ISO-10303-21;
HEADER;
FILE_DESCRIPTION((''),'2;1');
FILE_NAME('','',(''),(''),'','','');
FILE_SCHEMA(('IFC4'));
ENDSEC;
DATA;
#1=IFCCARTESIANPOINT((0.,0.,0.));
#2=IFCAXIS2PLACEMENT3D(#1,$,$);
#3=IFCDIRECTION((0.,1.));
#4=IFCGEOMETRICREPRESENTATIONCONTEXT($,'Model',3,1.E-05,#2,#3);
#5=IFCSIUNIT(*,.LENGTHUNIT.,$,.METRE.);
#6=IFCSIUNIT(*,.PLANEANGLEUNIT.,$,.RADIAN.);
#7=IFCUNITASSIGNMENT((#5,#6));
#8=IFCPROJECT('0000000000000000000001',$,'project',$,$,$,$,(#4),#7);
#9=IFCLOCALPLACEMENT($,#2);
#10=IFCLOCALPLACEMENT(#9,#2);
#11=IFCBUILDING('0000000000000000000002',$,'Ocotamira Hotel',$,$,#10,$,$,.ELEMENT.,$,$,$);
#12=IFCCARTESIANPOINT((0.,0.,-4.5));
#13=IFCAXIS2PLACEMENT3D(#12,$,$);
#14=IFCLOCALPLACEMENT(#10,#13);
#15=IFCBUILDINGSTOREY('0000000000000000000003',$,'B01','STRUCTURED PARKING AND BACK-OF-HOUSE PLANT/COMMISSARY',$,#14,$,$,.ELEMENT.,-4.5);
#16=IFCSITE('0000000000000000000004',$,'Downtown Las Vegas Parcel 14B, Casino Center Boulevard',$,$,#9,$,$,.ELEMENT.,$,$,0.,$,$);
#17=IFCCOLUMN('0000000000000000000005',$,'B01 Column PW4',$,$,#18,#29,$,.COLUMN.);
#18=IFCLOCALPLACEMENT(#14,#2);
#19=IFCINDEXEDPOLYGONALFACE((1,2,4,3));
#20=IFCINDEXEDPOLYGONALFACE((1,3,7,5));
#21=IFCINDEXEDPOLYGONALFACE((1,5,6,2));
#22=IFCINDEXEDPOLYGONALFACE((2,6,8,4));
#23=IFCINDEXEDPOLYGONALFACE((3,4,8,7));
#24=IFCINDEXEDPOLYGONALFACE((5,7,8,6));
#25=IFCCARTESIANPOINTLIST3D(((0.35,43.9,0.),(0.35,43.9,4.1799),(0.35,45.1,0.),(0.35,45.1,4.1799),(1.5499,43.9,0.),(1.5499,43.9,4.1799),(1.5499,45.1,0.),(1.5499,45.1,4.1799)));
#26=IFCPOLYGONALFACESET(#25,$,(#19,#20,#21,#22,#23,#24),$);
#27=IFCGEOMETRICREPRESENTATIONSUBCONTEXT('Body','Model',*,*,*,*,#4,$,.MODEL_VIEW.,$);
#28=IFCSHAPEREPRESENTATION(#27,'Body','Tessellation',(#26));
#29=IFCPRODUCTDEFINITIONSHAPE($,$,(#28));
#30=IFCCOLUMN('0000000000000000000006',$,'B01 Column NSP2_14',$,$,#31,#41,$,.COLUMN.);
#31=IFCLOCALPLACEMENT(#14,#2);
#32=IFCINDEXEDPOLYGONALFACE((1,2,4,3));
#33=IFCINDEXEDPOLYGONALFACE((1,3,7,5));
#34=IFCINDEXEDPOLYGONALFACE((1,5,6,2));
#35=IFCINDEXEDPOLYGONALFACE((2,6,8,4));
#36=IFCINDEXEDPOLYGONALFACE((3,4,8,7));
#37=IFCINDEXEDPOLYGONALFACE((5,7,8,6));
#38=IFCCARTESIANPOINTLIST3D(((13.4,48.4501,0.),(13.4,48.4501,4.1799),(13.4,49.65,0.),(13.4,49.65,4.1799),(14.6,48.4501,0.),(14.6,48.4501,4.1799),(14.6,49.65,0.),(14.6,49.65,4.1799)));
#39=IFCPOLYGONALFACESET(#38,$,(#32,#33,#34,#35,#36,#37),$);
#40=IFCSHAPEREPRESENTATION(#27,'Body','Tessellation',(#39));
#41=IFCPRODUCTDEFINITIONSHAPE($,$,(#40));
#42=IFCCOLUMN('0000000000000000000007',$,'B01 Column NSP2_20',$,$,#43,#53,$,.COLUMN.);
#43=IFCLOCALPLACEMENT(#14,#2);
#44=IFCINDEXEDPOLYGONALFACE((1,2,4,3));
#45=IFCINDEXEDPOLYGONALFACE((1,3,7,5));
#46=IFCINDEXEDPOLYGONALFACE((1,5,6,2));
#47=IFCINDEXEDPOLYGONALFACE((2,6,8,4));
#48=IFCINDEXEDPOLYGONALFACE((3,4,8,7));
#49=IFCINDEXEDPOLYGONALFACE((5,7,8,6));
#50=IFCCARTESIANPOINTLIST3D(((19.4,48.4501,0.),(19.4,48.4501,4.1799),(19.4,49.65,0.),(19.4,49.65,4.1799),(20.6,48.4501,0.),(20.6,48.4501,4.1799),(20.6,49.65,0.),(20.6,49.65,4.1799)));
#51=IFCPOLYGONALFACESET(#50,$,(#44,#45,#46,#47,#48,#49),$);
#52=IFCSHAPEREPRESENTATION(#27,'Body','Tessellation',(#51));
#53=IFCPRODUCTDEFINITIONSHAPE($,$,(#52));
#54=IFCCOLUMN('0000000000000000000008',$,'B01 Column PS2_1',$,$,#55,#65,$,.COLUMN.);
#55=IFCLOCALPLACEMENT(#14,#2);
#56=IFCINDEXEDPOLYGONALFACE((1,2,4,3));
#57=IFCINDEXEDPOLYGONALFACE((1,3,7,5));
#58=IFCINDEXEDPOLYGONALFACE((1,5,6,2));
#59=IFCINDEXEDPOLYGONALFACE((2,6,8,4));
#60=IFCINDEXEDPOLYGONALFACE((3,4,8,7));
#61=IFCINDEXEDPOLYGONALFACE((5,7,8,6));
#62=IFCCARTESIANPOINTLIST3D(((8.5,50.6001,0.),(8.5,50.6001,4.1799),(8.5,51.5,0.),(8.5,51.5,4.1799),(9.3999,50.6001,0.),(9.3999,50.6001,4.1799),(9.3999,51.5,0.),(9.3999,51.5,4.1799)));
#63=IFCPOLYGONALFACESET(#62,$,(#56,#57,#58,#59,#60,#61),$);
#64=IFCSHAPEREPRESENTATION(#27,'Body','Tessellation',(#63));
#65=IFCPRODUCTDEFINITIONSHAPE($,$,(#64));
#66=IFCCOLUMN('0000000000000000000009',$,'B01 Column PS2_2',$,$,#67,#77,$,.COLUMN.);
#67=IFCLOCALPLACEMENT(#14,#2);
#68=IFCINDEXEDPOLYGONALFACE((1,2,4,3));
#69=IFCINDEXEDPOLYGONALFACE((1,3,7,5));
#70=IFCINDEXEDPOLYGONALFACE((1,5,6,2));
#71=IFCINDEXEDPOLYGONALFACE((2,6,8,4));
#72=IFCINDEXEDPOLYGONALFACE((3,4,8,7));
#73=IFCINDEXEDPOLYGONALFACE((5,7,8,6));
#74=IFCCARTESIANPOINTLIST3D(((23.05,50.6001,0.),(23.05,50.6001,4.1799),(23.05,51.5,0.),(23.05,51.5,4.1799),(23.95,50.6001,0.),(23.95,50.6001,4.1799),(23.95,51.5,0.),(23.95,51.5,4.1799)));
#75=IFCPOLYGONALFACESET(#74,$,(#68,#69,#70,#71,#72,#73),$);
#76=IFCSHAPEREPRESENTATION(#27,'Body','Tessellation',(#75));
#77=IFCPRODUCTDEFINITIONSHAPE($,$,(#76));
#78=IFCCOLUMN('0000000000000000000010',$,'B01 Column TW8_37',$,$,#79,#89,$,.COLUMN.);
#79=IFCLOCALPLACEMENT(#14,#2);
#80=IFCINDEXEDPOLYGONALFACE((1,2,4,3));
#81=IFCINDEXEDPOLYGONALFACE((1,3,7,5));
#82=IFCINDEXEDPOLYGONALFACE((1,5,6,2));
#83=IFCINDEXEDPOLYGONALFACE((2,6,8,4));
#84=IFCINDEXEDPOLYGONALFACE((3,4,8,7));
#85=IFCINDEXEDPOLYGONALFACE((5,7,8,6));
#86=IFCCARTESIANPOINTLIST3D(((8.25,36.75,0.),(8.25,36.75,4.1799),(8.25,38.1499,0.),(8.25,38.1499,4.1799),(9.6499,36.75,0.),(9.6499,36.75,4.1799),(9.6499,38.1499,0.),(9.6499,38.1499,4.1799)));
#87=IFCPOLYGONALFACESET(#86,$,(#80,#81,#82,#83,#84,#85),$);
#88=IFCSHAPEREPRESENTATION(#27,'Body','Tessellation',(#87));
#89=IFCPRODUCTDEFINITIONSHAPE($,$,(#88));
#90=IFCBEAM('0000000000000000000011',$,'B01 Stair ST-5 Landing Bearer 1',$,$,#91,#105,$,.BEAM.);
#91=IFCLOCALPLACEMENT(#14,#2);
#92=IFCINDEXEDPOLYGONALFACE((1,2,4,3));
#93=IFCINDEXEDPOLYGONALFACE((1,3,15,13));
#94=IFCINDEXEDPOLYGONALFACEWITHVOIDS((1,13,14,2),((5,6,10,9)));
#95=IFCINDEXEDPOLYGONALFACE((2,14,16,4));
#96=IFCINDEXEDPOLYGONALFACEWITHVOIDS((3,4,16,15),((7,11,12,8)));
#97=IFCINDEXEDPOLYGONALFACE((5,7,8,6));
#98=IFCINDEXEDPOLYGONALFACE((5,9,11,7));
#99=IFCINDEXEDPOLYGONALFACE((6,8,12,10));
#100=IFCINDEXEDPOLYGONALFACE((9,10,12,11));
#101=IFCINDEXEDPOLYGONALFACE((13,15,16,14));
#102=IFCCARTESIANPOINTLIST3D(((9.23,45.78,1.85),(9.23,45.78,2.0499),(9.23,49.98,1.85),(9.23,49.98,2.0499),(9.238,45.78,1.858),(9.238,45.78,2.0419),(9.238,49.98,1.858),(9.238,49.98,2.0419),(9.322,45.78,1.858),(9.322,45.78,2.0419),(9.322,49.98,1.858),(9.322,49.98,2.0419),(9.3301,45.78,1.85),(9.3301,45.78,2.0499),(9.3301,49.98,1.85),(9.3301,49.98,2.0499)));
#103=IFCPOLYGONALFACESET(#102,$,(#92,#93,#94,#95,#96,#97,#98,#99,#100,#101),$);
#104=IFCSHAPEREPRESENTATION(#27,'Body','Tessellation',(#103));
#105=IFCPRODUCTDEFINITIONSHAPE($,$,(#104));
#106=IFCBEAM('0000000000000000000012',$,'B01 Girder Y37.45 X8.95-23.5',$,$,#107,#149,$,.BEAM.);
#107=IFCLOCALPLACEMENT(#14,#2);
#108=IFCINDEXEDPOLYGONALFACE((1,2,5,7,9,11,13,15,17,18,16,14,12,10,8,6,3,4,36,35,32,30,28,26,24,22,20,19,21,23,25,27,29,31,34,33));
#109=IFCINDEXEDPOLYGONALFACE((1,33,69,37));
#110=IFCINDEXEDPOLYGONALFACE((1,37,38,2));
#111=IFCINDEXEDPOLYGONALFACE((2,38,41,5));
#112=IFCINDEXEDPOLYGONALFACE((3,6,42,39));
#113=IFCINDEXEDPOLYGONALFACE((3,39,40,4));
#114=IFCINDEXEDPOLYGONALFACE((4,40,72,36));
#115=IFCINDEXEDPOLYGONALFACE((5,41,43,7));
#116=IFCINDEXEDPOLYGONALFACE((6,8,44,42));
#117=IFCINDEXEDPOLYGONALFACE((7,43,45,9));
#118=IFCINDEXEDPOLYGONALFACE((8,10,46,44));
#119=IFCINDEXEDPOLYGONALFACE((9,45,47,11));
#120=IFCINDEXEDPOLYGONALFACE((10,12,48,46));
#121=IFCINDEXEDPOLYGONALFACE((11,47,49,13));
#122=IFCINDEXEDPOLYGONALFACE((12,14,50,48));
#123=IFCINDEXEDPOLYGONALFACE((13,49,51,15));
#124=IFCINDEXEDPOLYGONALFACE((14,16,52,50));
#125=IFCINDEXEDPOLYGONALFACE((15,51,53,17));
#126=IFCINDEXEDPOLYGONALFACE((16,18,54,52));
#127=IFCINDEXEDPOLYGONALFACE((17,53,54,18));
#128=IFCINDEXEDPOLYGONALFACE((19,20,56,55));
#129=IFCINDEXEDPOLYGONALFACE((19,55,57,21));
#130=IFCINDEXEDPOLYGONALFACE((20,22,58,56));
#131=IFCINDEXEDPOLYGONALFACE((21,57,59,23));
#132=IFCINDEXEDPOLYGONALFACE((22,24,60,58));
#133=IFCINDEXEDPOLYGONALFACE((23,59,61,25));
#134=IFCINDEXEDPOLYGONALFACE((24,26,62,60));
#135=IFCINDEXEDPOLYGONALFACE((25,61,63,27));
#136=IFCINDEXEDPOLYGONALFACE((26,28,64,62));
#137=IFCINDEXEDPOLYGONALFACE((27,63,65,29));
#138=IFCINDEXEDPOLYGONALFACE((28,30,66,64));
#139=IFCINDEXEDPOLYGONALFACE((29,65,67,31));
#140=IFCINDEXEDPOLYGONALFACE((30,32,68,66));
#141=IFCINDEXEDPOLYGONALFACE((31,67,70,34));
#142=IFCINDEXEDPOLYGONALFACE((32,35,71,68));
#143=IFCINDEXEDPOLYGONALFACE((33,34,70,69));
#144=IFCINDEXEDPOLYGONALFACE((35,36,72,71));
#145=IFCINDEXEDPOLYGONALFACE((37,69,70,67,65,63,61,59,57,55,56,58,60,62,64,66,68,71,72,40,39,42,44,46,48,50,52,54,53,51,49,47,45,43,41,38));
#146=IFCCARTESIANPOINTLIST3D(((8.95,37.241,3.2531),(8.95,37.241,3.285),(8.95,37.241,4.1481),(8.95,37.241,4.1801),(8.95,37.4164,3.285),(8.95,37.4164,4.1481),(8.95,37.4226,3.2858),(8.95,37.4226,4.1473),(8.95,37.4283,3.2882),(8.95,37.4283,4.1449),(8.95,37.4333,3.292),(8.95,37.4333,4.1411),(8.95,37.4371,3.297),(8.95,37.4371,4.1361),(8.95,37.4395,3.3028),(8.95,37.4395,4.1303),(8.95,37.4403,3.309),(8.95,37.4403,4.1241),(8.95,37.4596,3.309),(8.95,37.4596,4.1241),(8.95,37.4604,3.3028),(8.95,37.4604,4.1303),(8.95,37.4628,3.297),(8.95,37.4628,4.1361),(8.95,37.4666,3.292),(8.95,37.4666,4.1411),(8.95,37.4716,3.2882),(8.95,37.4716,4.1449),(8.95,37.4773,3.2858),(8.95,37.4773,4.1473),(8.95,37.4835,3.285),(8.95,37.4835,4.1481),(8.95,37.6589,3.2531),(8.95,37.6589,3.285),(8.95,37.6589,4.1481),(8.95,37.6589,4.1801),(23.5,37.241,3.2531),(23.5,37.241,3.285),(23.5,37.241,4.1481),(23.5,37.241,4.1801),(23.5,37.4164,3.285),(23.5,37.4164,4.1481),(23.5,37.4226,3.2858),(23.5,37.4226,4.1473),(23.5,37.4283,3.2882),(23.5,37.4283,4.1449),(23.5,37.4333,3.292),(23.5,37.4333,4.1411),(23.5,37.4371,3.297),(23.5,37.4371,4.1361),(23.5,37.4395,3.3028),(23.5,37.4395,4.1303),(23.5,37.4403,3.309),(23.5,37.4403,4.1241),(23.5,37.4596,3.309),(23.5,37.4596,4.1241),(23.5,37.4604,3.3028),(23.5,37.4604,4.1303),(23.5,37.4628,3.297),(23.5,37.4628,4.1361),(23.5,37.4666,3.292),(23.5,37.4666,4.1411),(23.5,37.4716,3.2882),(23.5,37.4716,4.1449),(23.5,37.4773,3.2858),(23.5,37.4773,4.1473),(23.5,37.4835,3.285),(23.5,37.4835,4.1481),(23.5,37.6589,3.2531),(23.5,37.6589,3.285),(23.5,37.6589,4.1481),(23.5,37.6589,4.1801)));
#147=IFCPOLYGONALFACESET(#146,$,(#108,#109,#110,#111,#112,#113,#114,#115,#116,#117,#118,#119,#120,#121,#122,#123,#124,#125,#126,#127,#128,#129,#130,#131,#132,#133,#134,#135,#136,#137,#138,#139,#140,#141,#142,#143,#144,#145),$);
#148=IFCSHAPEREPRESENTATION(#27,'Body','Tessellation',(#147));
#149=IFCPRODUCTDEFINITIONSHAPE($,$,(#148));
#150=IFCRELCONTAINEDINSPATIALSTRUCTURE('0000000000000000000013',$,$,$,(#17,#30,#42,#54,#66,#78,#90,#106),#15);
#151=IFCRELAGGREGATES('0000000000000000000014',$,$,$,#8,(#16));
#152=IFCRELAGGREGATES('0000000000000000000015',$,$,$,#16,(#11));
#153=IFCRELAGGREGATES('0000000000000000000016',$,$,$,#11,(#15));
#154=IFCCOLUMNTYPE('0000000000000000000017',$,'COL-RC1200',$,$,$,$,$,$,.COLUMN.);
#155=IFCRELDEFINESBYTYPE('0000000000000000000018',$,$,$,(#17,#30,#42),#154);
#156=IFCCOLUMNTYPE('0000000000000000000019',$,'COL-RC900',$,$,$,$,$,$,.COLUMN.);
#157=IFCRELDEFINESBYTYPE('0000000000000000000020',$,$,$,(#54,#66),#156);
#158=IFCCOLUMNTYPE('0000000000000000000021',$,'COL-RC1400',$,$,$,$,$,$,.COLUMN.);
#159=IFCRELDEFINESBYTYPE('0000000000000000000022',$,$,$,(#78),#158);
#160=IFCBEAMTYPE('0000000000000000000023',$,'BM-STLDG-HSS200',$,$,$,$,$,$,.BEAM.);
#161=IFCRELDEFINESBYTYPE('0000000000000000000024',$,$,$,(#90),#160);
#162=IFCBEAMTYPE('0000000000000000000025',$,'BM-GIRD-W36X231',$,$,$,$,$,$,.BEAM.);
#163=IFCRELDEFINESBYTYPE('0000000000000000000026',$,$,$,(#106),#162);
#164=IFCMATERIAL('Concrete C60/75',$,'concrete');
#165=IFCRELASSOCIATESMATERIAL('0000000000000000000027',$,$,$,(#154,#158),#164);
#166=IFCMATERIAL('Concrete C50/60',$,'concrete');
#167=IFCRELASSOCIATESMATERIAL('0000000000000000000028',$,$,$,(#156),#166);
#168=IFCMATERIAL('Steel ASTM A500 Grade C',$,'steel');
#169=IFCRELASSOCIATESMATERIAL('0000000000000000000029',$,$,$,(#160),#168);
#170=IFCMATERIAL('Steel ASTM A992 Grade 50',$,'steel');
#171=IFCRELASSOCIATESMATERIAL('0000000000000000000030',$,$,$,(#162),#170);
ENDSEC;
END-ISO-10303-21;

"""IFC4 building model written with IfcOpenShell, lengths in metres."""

from ifc_helpers import new_model, si_unit, direction, frame, origin, origin_2d, place, context, subcontext, project, spatial, rectangle, hollow_rectangle, i_section, extrude, source, transform, mapped, material, material_profile, profile_set, type_object, element, save


model = new_model("IFC4")

# Units and contexts
model_context = context("Model", 3, precision=1e-05, world=origin(), true_north=direction((0.0, 1.0)))
body_context = subcontext(model_context, "Body", "Model", "MODEL_VIEW")
ifc_project = project(units=[si_unit("LENGTHUNIT", "METRE"), si_unit("PLANEANGLEUNIT", "RADIAN")], contexts=[model_context])

# Site, building, storey
site_placement = place(None, origin())
site = spatial("IfcSite", under=ifc_project, at=site_placement, Name="Downtown Las Vegas Parcel 14B, Casino Center Boulevard", CompositionType="ELEMENT", RefElevation=0.0)
building_placement = place(site_placement, origin())
building = spatial("IfcBuilding", under=site, at=building_placement, Name="Ocotamira Hotel", CompositionType="ELEMENT")
storey_placement = place(building_placement, frame((0.0, 0.0, -4.5)))
storey = spatial("IfcBuildingStorey", under=building, at=storey_placement, Name="B01", Description="STRUCTURED PARKING AND BACK-OF-HOUSE PLANT/COMMISSARY", CompositionType="ELEMENT", Elevation=-4.5)

# Columns
ifc_material_1 = material(Name="Concrete C60/75", Category="concrete")
ifc_material_profile_1 = material_profile(ifc_material_1, rectangle(XDim=1.2, YDim=1.2, at=origin_2d()), Name="RC1200X1200")
ifc_profile_set_1 = profile_set([ifc_material_profile_1], Name="Concrete C60/75")
column_type_1 = type_object("IfcColumnType", Name="COL-RC1200", PredefinedType="COLUMN", material=ifc_profile_set_1)
shared_shape_1 = source(origin(), body_context, "Body", "SweptSolid", [
    extrude(rectangle(XDim=1.2, YDim=1.2, at=origin_2d()), origin(), (0.0, 0.0, 1.0), 4.1799),
])
for number, where, z_axis, x_axis, name in (
    (1, (0.95, 44.5, 0.0), (0.0, 0.0, 1.0), (1.0, 0.0, 0.0), "B01 Column PW4"),
    (2, (14.0, 49.05, 0.0), (0.0, 0.0, 1.0), (1.0, 0.0, 0.0), "B01 Column NSP2_14"),
    (3, (20.0, 49.05, 0.0), (0.0, 0.0, 1.0), (1.0, 0.0, 0.0), "B01 Column NSP2_20"),
):
    element("IfcColumn", number, at=place(storey_placement, frame(where, z_axis=z_axis, x_axis=x_axis)), inside=storey, type_object=column_type_1, Name=name, PredefinedType="COLUMN", context=body_context, shape_type="MappedRepresentation", body=[
        mapped(shared_shape_1, transform((0.0, 0.0, 0.0), scale=1.0)),
    ])
ifc_material_2 = material(Name="Concrete C50/60", Category="concrete")
ifc_material_profile_2 = material_profile(ifc_material_2, rectangle(XDim=0.8999, YDim=0.8999, at=origin_2d()), Name="RC900X900")
ifc_profile_set_2 = profile_set([ifc_material_profile_2], Name="Concrete C50/60")
column_type_2 = type_object("IfcColumnType", Name="COL-RC900", PredefinedType="COLUMN", material=ifc_profile_set_2)
shared_shape_2 = source(origin(), body_context, "Body", "SweptSolid", [
    extrude(rectangle(XDim=0.8999, YDim=0.8999, at=origin_2d()), origin(), (0.0, 0.0, 1.0), 4.1799),
])
for number, where, z_axis, x_axis, name in (
    (4, (8.95, 51.05, 0.0), (0.0, 0.0, 1.0), (1.0, 0.0, 0.0), "B01 Column PS2_1"),
    (5, (23.5, 51.05, 0.0), (0.0, 0.0, 1.0), (1.0, 0.0, 0.0), "B01 Column PS2_2"),
):
    element("IfcColumn", number, at=place(storey_placement, frame(where, z_axis=z_axis, x_axis=x_axis)), inside=storey, type_object=column_type_2, Name=name, PredefinedType="COLUMN", context=body_context, shape_type="MappedRepresentation", body=[
        mapped(shared_shape_2, transform((0.0, 0.0, 0.0), scale=1.0)),
    ])
ifc_material_profile_3 = material_profile(ifc_material_1, rectangle(XDim=1.3999, YDim=1.3999, at=origin_2d()), Name="RC1400X1400")
ifc_profile_set_3 = profile_set([ifc_material_profile_3], Name="Concrete C60/75")
column_type_3 = type_object("IfcColumnType", Name="COL-RC1400", PredefinedType="COLUMN", material=ifc_profile_set_3)
shared_shape_3 = source(origin(), body_context, "Body", "SweptSolid", [
    extrude(rectangle(XDim=1.3999, YDim=1.3999, at=origin_2d()), origin(), (0.0, 0.0, 1.0), 4.1799),
])
column_placement = place(storey_placement, frame((8.95, 37.45, 0.0), z_axis=(0.0, 0.0, 1.0), x_axis=(1.0, 0.0, 0.0)))
element("IfcColumn", 6, at=column_placement, inside=storey, type_object=column_type_3, Name="B01 Column TW8_37", PredefinedType="COLUMN", context=body_context, shape_type="MappedRepresentation", body=[
    mapped(shared_shape_3, transform((0.0, 0.0, 0.0), scale=1.0)),
])

# Beams
ifc_material_3 = material(Name="Steel ASTM A500 Grade C", Category="steel")
ifc_material_profile_4 = material_profile(ifc_material_3, hollow_rectangle(XDim=0.1001, YDim=0.2, WallThickness=0.0081, at=origin_2d()), Name="HSS200X100X8")
ifc_profile_set_4 = profile_set([ifc_material_profile_4], Name="Steel ASTM A500 Grade C")
beam_type_1 = type_object("IfcBeamType", Name="BM-STLDG-HSS200", PredefinedType="BEAM", material=ifc_profile_set_4)
shared_shape_4 = source(origin(), body_context, "Body", "SweptSolid", [
    extrude(hollow_rectangle(XDim=0.1001, YDim=0.2, WallThickness=0.0081, at=origin_2d()), origin(), (0.0, 0.0, 1.0), 4.2),
])
beam_1_placement = place(storey_placement, frame((9.28, 45.78, 1.95), z_axis=(0.0, 1.0, 0.0), x_axis=(-1.0, 0.0, 0.0)))
element("IfcBeam", 7, at=beam_1_placement, inside=storey, type_object=beam_type_1, Name="B01 Stair ST-5 Landing Bearer 1", PredefinedType="BEAM", context=body_context, shape_type="MappedRepresentation", body=[
    mapped(shared_shape_4, transform((0.0, 0.0, 0.0), scale=1.0)),
])
ifc_material_4 = material(Name="Steel ASTM A992 Grade 50", Category="steel")
ifc_material_profile_5 = material_profile(ifc_material_4, i_section(OverallWidth=0.418, OverallDepth=0.927, WebThickness=0.0193, FlangeThickness=0.032, FilletRadius=0.0239, at=origin_2d()), Name="W36X231")
ifc_profile_set_5 = profile_set([ifc_material_profile_5], Name="Steel ASTM A992 Grade 50")
beam_type_2 = type_object("IfcBeamType", Name="BM-GIRD-W36X231", PredefinedType="BEAM", material=ifc_profile_set_5)
shared_shape_5 = source(origin(), body_context, "Body", "SweptSolid", [
    extrude(i_section(OverallWidth=0.418, OverallDepth=0.927, WebThickness=0.0193, FlangeThickness=0.032, FilletRadius=0.0239, at=origin_2d()), origin(), (0.0, 0.0, 1.0), 14.55),
])
for number, where, z_axis, x_axis, name in (
    (8, (8.95, 37.45, 3.7166), (1.0, 0.0, 0.0), (0.0, 1.0, 0.0), "B01 Girder Y37.45 X8.95-23.5"),
):
    element("IfcBeam", number, at=place(storey_placement, frame(where, z_axis=z_axis, x_axis=x_axis)), inside=storey, type_object=beam_type_2, Name=name, PredefinedType="BEAM", context=body_context, shape_type="MappedRepresentation", body=[
        mapped(shared_shape_5, transform((0.0, 0.0, 0.0), scale=1.0)),
    ])

save(model, "model.ifc")
